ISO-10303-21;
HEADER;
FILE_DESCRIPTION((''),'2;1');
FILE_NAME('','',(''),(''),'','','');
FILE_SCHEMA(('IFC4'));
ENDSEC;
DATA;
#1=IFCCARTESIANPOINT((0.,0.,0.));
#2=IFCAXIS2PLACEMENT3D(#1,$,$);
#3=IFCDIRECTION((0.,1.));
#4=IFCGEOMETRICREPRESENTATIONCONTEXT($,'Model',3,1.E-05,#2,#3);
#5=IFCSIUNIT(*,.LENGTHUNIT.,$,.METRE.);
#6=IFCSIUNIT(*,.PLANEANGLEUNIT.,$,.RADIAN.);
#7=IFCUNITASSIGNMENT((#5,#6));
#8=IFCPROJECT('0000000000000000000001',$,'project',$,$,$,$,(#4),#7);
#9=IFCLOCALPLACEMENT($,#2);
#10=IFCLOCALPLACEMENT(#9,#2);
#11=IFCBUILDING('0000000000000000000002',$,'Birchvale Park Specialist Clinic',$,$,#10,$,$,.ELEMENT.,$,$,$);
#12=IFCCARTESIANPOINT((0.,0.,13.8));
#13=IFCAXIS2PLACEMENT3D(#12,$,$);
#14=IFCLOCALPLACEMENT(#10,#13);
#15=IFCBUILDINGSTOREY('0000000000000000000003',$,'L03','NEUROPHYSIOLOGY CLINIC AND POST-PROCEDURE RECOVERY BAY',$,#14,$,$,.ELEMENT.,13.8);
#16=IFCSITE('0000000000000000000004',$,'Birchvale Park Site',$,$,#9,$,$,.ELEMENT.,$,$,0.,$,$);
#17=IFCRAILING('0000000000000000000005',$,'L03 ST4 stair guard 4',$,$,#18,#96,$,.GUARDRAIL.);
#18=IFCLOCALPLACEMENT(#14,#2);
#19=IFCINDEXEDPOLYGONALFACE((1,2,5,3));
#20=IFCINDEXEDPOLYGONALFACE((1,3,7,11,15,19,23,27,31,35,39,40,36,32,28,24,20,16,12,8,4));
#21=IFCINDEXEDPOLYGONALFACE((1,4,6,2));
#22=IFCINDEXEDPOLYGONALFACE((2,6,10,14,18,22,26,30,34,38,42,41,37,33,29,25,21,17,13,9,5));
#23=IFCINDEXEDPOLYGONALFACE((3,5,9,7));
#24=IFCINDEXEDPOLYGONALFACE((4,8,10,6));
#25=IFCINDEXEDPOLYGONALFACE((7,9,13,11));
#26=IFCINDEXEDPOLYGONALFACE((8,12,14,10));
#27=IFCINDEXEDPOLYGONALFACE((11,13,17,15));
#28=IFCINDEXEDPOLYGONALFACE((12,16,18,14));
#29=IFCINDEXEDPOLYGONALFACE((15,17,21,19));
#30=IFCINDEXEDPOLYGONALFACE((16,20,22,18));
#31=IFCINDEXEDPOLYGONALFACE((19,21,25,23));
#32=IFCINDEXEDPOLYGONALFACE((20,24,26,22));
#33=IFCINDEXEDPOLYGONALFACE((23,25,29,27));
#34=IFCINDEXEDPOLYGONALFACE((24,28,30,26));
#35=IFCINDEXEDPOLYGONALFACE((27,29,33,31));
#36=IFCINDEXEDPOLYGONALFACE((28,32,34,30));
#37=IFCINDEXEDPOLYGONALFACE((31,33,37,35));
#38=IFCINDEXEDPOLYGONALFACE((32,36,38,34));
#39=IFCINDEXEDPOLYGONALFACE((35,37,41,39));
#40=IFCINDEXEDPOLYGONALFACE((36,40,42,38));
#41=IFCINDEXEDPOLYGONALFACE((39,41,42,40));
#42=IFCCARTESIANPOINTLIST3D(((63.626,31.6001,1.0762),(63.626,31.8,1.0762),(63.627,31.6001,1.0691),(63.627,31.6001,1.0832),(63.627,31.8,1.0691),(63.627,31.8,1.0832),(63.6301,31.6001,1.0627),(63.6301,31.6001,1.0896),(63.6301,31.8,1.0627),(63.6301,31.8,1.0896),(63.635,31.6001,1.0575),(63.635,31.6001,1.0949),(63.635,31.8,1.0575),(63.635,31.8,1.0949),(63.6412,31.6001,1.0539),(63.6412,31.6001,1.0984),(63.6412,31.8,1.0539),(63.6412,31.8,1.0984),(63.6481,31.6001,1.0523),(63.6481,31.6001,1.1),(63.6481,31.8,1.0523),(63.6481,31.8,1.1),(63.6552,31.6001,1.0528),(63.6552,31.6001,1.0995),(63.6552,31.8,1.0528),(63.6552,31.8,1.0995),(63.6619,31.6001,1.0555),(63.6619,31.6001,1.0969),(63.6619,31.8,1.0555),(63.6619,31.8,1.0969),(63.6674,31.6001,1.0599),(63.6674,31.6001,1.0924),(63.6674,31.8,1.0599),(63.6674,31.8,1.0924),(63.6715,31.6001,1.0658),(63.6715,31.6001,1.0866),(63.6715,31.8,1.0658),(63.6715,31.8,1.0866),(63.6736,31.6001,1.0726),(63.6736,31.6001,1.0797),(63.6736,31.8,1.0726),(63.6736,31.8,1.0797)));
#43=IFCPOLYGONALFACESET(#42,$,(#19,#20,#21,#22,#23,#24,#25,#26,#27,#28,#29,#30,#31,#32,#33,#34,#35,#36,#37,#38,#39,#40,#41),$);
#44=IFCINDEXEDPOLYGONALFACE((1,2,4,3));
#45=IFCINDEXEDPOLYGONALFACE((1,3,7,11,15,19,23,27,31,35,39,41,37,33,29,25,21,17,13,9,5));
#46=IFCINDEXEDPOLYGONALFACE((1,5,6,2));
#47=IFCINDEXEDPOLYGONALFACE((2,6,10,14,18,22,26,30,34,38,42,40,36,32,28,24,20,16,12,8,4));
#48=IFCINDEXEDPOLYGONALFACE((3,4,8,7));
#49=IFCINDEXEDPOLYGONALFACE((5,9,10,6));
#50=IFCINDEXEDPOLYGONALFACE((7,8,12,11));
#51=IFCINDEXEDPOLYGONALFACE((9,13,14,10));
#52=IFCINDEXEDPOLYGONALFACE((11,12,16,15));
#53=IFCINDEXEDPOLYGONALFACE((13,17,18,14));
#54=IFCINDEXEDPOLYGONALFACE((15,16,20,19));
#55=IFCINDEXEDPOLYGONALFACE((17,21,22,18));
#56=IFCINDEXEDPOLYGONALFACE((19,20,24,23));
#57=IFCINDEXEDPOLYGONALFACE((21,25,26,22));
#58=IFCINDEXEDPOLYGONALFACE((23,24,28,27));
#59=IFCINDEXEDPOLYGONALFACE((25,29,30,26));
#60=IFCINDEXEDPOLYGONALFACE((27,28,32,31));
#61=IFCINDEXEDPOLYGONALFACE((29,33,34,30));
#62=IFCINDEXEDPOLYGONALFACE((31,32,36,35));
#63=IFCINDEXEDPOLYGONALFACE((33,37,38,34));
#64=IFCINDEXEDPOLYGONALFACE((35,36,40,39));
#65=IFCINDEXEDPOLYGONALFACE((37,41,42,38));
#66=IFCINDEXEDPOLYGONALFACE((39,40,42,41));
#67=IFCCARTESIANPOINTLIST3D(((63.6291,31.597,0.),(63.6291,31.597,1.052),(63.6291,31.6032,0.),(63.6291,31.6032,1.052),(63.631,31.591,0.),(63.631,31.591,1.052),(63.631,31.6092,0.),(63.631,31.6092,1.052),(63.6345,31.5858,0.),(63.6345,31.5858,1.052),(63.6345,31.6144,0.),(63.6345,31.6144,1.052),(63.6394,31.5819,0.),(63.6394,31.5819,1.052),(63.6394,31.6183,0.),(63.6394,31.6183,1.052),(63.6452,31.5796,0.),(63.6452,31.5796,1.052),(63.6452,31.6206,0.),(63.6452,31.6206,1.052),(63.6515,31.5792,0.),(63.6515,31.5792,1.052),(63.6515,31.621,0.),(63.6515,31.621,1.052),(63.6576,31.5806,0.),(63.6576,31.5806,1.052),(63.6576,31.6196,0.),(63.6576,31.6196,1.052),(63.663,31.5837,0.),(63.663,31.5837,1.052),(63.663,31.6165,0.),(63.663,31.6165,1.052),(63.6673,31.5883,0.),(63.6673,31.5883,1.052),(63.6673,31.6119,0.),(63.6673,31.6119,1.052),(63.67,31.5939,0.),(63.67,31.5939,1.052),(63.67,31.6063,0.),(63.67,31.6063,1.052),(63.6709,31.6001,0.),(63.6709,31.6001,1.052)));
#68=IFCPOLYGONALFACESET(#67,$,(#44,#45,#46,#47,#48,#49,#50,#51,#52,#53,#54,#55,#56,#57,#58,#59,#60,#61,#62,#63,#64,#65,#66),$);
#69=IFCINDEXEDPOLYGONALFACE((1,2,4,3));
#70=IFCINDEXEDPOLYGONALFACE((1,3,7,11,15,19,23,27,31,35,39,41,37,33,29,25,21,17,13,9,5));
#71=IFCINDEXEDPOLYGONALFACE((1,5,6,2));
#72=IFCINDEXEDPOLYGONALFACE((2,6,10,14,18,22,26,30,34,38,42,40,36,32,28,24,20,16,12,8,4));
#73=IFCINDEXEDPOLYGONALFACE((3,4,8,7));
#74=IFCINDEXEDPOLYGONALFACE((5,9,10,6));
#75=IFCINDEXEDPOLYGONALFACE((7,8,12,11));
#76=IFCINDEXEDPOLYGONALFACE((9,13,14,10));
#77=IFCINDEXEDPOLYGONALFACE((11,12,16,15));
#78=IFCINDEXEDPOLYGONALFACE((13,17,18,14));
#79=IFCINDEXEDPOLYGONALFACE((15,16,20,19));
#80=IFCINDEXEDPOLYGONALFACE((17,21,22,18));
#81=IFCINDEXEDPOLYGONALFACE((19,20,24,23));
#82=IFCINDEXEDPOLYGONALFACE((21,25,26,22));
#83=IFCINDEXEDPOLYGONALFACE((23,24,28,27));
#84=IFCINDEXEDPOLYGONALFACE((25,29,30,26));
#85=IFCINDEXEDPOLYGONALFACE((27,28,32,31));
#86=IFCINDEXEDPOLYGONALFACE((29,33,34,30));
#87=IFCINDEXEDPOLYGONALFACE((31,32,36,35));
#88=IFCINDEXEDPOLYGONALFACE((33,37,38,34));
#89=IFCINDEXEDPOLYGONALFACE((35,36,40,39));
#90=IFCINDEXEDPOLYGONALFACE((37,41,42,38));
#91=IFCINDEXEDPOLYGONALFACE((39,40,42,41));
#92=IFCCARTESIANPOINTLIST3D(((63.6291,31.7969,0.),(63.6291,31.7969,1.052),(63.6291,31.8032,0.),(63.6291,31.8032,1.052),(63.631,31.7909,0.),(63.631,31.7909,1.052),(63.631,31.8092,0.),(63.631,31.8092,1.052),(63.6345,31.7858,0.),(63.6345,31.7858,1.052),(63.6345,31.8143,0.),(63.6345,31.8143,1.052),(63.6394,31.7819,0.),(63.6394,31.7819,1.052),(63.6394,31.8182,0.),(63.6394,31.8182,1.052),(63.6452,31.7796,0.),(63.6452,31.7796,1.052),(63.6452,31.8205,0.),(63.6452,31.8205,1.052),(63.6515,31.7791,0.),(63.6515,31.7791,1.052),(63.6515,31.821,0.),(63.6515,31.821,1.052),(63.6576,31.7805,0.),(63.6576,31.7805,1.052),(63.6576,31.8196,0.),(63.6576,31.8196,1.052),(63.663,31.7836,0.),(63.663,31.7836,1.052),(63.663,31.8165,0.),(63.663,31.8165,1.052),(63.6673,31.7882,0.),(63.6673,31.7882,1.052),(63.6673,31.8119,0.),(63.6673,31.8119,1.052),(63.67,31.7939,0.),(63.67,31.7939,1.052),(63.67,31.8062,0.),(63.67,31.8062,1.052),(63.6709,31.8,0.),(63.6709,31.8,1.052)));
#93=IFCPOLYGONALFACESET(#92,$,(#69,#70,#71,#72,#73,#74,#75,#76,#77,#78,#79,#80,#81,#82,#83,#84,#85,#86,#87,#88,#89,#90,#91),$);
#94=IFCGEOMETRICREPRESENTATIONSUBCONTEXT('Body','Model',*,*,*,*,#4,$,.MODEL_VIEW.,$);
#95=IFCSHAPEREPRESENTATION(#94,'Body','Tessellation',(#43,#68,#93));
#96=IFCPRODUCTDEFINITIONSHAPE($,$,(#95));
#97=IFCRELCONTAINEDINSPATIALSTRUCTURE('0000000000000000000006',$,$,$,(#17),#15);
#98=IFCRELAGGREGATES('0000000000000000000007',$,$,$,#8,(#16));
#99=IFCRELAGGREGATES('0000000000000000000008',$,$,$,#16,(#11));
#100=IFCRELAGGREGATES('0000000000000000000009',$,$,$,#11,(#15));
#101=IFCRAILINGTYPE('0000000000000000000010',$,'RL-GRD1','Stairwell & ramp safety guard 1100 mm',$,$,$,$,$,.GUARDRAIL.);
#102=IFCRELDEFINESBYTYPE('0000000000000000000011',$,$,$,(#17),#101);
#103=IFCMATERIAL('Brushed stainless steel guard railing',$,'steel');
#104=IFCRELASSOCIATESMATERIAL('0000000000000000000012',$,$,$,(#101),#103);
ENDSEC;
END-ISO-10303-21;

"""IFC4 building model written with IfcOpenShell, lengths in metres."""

from ifc_helpers import new_model, si_unit, direction, frame, origin, origin_2d, place, context, subcontext, project, spatial, circle, extrude, material, type_object, element, save


model = new_model("IFC4")

# Units and contexts
model_context = context("Model", 3, precision=1e-05, world=origin(), true_north=direction((0.0, 1.0)))
body_context = subcontext(model_context, "Body", "Model", "MODEL_VIEW")
ifc_project = project(units=[si_unit("LENGTHUNIT", "METRE"), si_unit("PLANEANGLEUNIT", "RADIAN")], contexts=[model_context])

# Site, building, storey
site_placement = place(None, origin())
site = spatial("IfcSite", under=ifc_project, at=site_placement, Name="Birchvale Park Site", CompositionType="ELEMENT", RefElevation=0.0)
building_placement = place(site_placement, origin())
building = spatial("IfcBuilding", under=site, at=building_placement, Name="Birchvale Park Specialist Clinic", CompositionType="ELEMENT")
storey_placement = place(building_placement, frame((0.0, 0.0, 13.8)))
storey = spatial("IfcBuildingStorey", under=building, at=storey_placement, Name="L03", Description="NEUROPHYSIOLOGY CLINIC AND POST-PROCEDURE RECOVERY BAY", CompositionType="ELEMENT", Elevation=13.8)

# Railing
ifc_material_1 = material(Name="Brushed stainless steel guard railing", Category="steel")
railing_type_1 = type_object("IfcRailingType", Name="RL-GRD1", Description="Stairwell & ramp safety guard 1100 mm", PredefinedType="GUARDRAIL", material=ifc_material_1)
railing_1_placement = place(storey_placement, frame((63.6499, 31.6001, 0.0)))
element("IfcRailing", 1, at=railing_1_placement, inside=storey, type_object=railing_type_1, Name="L03 ST4 stair guard 4", PredefinedType="GUARDRAIL", context=body_context, shape_type="SweptSolid", body=[
    extrude(circle(Radius=0.0239, at=origin_2d()), frame((0.0, 0.0, 1.0762), z_axis=(0.0, 1.0, 0.0), x_axis=(-1.0, 0.0, 0.0)), (0.0, 0.0, 1.0), 0.2),
    extrude(circle(Radius=0.021, at=origin_2d()), origin(), (0.0, 0.0, 1.0), 1.052),
    extrude(circle(Radius=0.021, at=origin_2d()), frame((0.0, 0.2, 0.0)), (0.0, 0.0, 1.0), 1.052),
])

save(model, "model.ifc")
